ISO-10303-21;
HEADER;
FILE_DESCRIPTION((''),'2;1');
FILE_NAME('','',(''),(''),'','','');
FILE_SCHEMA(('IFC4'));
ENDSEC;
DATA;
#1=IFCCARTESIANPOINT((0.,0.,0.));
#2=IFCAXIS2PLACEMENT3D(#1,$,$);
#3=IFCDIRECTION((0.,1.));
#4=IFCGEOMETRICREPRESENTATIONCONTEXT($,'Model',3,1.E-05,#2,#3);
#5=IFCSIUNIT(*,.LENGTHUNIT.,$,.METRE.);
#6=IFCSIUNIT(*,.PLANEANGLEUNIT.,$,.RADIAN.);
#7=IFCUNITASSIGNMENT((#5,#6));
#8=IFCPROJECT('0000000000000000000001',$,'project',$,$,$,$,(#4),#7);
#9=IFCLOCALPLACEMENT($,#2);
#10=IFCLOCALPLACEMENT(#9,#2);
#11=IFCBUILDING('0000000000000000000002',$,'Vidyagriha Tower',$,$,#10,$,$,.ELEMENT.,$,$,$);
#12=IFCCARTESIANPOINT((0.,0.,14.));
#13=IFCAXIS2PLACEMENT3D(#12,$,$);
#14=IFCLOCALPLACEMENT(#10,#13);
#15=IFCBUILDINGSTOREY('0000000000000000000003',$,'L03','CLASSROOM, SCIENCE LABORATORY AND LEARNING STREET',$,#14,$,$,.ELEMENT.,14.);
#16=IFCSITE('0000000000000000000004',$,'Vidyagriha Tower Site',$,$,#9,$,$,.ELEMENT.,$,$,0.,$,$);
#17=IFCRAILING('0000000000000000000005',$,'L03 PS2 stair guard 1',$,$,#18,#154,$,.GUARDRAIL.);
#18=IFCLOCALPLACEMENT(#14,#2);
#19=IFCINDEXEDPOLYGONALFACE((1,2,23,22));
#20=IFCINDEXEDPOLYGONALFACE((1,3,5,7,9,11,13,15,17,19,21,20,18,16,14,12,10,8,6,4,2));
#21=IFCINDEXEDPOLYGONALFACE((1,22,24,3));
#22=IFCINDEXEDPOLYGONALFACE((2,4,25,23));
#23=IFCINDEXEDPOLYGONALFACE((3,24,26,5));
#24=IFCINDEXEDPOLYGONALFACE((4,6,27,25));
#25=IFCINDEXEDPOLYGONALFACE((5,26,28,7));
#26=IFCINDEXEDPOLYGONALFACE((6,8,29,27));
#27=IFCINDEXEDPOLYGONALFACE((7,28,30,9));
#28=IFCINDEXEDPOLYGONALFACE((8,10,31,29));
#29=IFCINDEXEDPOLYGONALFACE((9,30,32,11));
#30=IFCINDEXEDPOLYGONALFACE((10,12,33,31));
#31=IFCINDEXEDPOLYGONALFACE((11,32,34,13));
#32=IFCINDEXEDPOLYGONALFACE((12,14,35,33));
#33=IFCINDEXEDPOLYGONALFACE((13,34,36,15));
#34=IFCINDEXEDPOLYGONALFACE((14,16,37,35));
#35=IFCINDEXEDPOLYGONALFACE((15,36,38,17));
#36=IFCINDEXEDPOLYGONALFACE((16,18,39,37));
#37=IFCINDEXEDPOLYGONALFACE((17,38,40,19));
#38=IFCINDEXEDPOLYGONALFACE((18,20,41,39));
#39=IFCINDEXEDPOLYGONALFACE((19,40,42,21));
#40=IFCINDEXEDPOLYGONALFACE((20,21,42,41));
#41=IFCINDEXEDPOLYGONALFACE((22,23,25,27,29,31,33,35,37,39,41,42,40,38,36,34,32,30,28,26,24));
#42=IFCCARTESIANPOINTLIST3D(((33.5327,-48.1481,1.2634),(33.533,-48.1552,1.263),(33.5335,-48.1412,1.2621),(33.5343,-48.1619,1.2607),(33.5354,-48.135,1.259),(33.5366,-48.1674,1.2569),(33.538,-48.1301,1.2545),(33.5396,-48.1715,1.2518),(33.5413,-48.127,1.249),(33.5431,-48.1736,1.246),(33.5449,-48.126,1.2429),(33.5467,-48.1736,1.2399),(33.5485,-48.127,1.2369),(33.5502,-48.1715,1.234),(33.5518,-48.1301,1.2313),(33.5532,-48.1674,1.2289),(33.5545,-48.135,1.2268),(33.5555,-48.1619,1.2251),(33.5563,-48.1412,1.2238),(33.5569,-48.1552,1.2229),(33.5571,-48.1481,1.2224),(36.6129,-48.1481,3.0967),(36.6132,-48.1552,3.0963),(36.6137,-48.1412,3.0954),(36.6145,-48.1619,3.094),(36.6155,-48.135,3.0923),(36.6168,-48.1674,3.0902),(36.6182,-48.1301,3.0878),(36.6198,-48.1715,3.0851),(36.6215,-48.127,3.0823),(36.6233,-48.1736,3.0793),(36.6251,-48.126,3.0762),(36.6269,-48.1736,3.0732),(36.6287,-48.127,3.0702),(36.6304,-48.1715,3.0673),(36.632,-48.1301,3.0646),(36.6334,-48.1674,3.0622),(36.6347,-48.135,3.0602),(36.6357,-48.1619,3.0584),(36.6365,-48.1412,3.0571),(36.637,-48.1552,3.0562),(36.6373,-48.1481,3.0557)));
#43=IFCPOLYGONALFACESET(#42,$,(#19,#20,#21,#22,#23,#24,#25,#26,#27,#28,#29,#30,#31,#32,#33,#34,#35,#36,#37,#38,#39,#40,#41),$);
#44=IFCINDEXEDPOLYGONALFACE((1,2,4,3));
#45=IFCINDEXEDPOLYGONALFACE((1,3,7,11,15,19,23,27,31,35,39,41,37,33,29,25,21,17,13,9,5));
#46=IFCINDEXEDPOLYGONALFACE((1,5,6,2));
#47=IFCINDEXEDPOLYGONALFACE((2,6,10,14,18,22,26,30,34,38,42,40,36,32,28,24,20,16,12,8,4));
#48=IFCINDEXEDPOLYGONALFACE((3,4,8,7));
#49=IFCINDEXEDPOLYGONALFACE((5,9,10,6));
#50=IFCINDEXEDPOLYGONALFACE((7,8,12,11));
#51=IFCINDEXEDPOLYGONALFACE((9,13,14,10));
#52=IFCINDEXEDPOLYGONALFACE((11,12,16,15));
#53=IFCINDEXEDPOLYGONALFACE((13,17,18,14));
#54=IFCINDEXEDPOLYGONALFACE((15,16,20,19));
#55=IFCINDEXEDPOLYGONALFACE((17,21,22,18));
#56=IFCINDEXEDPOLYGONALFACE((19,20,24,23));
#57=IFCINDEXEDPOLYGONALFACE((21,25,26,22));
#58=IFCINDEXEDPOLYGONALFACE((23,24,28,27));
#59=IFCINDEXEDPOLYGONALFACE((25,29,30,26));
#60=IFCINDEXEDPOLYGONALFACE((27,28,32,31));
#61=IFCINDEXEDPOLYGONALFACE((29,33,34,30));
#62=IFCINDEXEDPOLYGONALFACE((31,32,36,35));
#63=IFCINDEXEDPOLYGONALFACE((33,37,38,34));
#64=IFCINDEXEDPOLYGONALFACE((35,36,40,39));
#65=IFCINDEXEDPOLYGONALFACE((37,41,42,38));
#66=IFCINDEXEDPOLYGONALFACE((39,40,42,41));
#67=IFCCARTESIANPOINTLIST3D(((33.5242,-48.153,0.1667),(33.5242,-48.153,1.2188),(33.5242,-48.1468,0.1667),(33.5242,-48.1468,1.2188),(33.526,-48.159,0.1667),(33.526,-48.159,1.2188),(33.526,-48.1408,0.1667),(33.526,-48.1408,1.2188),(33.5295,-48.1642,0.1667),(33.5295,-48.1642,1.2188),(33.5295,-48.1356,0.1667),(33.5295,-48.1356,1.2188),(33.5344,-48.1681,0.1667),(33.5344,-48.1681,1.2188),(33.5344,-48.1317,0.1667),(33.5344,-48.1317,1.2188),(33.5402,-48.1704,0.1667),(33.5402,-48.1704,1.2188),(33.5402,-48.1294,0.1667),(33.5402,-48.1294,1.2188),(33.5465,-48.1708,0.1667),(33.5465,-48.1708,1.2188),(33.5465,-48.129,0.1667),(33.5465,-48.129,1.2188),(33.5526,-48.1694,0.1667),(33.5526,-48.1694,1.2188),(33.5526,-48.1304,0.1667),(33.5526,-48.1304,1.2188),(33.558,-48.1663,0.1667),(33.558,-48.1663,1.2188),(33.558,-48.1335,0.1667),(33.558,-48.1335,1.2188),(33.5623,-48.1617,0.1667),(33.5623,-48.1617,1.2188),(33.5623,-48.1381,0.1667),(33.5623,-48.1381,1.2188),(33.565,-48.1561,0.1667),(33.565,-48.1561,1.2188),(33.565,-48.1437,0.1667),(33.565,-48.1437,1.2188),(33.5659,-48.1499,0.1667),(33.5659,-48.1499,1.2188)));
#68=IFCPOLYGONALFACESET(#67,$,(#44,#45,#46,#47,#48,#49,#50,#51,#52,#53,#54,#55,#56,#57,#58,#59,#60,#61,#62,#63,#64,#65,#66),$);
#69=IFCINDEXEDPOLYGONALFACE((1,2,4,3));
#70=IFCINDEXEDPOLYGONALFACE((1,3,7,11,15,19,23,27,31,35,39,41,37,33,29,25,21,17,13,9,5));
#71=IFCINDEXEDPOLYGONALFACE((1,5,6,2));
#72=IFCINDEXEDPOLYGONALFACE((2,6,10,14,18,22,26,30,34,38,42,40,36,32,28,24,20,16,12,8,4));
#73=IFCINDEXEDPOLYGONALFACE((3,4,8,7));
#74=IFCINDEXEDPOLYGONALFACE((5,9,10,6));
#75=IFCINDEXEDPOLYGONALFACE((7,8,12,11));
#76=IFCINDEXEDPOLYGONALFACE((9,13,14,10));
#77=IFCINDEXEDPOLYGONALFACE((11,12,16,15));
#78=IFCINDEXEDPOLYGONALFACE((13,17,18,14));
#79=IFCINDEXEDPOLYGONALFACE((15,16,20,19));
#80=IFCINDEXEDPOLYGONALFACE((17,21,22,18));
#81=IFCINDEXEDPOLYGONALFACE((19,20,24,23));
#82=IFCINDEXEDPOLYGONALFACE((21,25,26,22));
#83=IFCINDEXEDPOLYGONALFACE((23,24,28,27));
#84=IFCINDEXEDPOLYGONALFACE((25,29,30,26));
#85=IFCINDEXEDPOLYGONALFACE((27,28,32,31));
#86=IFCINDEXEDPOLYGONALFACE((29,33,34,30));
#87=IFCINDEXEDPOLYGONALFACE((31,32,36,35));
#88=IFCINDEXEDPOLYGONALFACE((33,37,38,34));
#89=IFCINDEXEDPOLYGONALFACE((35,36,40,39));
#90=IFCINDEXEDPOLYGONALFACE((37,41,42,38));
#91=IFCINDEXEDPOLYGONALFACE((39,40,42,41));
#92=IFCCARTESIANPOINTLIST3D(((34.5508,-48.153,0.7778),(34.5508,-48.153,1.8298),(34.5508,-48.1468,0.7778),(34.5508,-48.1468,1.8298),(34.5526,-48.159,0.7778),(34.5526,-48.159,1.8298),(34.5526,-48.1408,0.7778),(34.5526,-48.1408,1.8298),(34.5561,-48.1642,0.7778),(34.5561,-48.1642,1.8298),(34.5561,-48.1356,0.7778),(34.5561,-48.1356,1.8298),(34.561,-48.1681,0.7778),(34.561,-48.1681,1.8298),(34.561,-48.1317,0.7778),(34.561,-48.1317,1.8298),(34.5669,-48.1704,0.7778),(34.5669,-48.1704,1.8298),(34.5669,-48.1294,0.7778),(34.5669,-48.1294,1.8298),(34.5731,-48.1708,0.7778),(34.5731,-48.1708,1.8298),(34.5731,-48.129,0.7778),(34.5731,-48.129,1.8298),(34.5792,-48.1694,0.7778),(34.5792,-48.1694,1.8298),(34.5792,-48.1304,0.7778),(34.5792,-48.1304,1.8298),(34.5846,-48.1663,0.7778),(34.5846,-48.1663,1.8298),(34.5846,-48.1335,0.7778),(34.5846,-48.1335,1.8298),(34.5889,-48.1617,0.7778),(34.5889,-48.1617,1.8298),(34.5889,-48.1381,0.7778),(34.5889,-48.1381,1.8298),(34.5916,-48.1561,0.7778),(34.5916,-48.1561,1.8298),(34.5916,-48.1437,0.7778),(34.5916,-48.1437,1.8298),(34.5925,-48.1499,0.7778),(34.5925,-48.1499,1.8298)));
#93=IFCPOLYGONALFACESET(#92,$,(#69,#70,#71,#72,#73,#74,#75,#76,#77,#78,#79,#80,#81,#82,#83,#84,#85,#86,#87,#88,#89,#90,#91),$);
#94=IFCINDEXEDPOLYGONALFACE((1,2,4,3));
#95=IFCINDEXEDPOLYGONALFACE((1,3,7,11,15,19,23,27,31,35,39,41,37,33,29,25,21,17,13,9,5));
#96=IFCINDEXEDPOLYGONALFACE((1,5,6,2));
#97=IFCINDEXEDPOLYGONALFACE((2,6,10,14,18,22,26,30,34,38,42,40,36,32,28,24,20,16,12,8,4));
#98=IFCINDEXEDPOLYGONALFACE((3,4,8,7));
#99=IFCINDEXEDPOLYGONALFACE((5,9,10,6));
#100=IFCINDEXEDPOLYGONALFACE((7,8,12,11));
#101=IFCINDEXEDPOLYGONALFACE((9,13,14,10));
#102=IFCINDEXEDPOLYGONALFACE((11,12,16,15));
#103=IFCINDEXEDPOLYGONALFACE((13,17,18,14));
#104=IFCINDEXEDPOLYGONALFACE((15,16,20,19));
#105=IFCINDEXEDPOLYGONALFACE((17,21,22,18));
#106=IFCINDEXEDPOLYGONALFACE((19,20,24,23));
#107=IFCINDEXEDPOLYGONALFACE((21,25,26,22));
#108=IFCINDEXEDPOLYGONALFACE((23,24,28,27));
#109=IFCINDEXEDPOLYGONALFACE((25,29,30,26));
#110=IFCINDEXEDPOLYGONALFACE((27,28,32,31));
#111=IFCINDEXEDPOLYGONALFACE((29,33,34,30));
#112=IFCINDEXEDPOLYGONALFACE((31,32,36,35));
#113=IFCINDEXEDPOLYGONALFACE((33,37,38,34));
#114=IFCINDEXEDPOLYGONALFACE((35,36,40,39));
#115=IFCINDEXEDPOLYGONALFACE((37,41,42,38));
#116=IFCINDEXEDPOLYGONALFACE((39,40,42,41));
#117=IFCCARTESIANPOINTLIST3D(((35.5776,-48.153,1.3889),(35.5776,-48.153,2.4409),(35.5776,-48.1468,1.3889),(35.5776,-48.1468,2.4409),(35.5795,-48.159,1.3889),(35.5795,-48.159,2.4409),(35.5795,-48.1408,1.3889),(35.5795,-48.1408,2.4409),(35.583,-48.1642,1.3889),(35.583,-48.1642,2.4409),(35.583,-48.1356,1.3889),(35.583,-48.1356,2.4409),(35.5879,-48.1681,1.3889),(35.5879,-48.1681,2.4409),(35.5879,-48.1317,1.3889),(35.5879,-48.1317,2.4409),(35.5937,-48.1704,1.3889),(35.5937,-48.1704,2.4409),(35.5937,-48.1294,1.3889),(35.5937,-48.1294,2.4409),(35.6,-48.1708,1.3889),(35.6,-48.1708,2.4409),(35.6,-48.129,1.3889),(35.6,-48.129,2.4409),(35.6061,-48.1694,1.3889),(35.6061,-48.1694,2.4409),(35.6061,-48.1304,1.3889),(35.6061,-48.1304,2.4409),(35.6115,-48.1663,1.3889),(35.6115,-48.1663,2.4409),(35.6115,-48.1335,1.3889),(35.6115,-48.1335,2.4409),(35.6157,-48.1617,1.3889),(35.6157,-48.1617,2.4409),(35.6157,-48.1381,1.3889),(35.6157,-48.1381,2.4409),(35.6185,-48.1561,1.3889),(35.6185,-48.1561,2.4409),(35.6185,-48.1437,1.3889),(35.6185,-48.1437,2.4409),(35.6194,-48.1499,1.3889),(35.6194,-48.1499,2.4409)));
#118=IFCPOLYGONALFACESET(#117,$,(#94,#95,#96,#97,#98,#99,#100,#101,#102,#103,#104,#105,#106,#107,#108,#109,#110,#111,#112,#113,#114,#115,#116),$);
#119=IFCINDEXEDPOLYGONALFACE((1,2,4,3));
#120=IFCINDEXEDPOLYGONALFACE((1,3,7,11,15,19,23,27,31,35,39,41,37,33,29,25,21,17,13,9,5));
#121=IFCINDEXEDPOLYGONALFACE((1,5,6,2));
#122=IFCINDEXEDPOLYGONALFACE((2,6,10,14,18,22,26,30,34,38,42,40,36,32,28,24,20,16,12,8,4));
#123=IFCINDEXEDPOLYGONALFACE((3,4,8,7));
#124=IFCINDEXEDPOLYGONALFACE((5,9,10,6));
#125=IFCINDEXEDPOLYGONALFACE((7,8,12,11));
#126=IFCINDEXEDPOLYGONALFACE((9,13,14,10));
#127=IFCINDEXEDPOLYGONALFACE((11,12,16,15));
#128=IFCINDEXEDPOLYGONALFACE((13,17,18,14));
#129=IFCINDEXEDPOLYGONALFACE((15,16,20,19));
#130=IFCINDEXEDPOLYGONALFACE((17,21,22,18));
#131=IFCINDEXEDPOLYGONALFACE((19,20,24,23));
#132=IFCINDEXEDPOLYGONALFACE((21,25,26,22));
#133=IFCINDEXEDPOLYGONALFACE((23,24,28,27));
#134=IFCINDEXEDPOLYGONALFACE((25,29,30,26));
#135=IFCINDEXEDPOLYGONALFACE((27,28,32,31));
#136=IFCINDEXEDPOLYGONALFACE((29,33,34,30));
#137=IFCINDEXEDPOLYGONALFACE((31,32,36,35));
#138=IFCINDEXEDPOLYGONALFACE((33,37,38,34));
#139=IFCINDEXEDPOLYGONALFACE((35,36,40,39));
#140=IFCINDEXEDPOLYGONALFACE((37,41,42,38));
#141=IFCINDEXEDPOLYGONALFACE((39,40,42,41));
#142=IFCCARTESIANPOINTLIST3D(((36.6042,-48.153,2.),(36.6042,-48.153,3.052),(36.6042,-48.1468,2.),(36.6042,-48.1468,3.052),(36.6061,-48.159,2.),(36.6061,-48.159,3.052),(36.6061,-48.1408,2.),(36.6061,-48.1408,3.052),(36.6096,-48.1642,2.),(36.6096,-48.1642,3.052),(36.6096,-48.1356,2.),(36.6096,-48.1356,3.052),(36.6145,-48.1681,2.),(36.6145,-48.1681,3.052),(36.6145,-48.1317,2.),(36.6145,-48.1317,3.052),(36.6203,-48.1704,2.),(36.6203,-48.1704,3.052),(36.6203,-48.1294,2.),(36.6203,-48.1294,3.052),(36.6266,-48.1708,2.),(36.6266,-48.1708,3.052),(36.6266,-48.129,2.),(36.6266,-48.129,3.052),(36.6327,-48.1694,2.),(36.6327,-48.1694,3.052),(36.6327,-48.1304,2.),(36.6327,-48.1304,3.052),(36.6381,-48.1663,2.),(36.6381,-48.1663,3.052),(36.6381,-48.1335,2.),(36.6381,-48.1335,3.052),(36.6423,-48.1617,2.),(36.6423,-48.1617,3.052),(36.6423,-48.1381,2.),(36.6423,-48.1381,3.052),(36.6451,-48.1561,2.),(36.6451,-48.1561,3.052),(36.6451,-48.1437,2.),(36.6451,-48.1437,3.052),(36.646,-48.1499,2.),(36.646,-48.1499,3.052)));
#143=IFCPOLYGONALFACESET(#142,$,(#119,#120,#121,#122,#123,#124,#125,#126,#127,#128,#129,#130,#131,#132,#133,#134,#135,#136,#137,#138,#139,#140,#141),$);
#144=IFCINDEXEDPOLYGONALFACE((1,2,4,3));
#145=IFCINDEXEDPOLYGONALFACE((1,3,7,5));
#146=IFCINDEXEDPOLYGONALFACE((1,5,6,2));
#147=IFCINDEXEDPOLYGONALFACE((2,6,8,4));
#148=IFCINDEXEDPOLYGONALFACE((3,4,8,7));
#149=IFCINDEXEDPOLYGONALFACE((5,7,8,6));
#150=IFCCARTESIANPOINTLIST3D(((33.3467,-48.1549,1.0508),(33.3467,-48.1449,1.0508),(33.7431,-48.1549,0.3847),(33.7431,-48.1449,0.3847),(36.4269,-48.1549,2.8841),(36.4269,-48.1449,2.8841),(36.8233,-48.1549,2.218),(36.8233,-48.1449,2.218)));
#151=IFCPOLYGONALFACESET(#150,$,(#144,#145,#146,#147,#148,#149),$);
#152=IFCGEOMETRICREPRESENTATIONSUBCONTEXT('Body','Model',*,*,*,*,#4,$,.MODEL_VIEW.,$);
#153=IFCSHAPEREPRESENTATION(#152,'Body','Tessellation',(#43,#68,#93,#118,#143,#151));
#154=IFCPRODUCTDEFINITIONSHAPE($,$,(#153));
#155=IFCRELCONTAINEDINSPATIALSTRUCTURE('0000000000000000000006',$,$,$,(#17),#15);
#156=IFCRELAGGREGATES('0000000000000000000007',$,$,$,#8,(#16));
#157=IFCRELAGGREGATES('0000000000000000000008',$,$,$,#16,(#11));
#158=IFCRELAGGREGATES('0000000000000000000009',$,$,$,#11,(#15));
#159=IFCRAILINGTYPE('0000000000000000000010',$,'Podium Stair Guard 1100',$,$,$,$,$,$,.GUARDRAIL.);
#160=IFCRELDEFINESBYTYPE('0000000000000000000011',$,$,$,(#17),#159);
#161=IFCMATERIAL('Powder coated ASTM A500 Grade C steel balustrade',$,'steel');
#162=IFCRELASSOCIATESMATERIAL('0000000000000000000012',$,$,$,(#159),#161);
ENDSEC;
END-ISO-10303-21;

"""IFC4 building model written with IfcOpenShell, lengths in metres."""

from ifc_helpers import new_model, si_unit, direction, frame, origin, origin_2d, place, context, subcontext, project, spatial, rectangle, circle, extrude, material, type_object, element, save


model = new_model("IFC4")

# Units and contexts
model_context = context("Model", 3, precision=1e-05, world=origin(), true_north=direction((0.0, 1.0)))
body_context = subcontext(model_context, "Body", "Model", "MODEL_VIEW")
ifc_project = project(units=[si_unit("LENGTHUNIT", "METRE"), si_unit("PLANEANGLEUNIT", "RADIAN")], contexts=[model_context])

# Site, building, storey
site_placement = place(None, origin())
site = spatial("IfcSite", under=ifc_project, at=site_placement, Name="Vidyagriha Tower Site", CompositionType="ELEMENT", RefElevation=0.0)
building_placement = place(site_placement, origin())
building = spatial("IfcBuilding", under=site, at=building_placement, Name="Vidyagriha Tower", CompositionType="ELEMENT")
storey_placement = place(building_placement, frame((0.0, 0.0, 14.0)))
storey = spatial("IfcBuildingStorey", under=building, at=storey_placement, Name="L03", Description="CLASSROOM, SCIENCE LABORATORY AND LEARNING STREET", CompositionType="ELEMENT", Elevation=14.0)

# Railing
ifc_material_1 = material(Name="Powder coated ASTM A500 Grade C steel balustrade", Category="steel")
railing_type_1 = type_object("IfcRailingType", Name="Podium Stair Guard 1100", PredefinedType="GUARDRAIL", material=ifc_material_1)
railing_1_placement = place(storey_placement, frame((33.5449, -48.1499, 0.1667)))
element("IfcRailing", 1, at=railing_1_placement, inside=storey, type_object=railing_type_1, Name="L03 PS2 stair guard 1", PredefinedType="GUARDRAIL", context=body_context, shape_type="SweptSolid", body=[
    extrude(circle(Radius=0.0239, at=origin_2d()), frame((0.0, 0.0, 1.0762), z_axis=(0.859309, 0.0, 0.511458), x_axis=(0.0, 1.0, 0.0)), (0.0, 0.0, 1.0), 3.5845),
    extrude(circle(Radius=0.021, at=origin_2d()), origin(), (0.0, 0.0, 1.0), 1.052),
    extrude(circle(Radius=0.021, at=origin_2d()), frame((1.0266, 0.0, 0.6111)), (0.0, 0.0, 1.0), 1.052),
    extrude(circle(Radius=0.021, at=origin_2d()), frame((2.0535, 0.0, 1.2222)), (0.0, 0.0, 1.0), 1.052),
    extrude(circle(Radius=0.021, at=origin_2d()), frame((3.0801, 0.0, 1.8333)), (0.0, 0.0, 1.0), 1.052),
    extrude(rectangle(XDim=0.01, YDim=0.7751, at=origin_2d()), frame((0.0, 0.0, 0.551), z_axis=(0.859309, 0.0, 0.511458), x_axis=(0.0, 1.0, 0.0)), (0.0, 0.0, 1.0), 3.5845),
])

save(model, "model.ifc")
